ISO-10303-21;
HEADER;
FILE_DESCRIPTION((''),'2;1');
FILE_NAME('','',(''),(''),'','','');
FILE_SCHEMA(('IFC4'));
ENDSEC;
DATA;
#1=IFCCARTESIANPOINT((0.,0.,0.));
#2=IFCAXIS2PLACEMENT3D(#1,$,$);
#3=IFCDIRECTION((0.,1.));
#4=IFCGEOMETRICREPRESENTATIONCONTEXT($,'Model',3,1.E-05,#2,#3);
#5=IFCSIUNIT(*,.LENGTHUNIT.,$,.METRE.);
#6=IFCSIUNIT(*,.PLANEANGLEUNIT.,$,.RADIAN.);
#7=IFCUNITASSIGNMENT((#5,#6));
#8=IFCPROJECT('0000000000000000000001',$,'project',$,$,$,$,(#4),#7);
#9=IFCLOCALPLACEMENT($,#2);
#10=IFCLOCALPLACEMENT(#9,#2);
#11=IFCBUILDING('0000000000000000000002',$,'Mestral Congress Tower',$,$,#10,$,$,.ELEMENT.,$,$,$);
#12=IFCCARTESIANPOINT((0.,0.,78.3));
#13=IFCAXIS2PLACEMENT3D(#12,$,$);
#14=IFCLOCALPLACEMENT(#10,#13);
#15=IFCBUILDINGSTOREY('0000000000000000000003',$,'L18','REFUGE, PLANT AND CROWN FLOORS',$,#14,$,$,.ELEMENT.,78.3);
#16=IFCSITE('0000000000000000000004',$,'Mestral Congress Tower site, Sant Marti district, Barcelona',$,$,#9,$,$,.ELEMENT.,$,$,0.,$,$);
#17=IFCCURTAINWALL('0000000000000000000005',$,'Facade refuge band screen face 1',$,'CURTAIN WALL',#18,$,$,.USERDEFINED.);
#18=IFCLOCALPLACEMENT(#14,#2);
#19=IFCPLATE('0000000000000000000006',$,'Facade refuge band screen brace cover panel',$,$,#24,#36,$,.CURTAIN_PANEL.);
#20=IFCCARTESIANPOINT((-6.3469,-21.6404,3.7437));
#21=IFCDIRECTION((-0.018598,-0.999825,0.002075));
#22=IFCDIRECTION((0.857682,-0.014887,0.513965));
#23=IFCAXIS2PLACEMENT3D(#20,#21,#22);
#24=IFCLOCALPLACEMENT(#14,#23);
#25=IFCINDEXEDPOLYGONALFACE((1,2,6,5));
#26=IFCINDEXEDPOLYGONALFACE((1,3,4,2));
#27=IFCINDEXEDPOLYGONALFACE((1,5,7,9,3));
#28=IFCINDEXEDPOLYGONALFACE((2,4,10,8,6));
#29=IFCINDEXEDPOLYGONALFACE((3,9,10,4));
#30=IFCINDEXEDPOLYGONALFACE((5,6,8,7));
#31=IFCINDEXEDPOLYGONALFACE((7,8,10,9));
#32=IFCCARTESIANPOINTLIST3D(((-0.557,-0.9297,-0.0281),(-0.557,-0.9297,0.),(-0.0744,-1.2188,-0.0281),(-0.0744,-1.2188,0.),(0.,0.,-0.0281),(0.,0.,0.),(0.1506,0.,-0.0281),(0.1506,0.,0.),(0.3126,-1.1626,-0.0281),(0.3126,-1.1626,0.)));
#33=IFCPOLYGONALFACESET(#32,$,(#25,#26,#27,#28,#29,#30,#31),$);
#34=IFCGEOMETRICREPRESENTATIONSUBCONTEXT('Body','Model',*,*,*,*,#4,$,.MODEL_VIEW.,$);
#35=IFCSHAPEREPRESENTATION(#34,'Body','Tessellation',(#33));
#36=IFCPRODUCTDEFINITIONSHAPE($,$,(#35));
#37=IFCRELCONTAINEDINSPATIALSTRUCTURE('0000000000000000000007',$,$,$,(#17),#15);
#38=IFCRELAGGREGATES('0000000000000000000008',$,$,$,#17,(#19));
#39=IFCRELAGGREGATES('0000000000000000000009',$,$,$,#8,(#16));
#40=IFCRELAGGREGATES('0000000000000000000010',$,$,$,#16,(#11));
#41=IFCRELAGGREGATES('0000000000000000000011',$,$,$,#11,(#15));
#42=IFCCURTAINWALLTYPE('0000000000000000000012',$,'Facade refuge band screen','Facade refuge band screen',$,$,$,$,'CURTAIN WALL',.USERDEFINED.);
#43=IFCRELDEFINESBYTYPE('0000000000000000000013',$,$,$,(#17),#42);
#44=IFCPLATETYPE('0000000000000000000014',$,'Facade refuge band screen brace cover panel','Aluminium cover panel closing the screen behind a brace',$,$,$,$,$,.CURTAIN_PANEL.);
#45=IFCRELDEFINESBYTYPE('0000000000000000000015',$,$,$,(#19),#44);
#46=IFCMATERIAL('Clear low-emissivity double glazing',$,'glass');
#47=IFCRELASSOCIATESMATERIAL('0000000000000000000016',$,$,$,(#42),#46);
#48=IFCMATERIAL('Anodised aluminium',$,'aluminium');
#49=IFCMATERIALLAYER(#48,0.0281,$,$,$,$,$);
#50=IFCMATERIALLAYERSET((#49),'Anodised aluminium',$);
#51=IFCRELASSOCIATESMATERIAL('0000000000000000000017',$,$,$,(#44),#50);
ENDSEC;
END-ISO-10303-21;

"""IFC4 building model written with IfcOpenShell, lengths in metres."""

from ifc_helpers import new_model, si_unit, direction, frame, origin, place, context, subcontext, project, spatial, polyline, outline, extrude, material, layer, layer_set, type_object, element, aggregate, save


model = new_model("IFC4")

# Units and contexts
model_context = context("Model", 3, precision=1e-05, world=origin(), true_north=direction((0.0, 1.0)))
body_context = subcontext(model_context, "Body", "Model", "MODEL_VIEW")
ifc_project = project(units=[si_unit("LENGTHUNIT", "METRE"), si_unit("PLANEANGLEUNIT", "RADIAN")], contexts=[model_context])

# Site, building, storey
site_placement = place(None, origin())
site = spatial("IfcSite", under=ifc_project, at=site_placement, Name="Mestral Congress Tower site, Sant Marti district, Barcelona", CompositionType="ELEMENT", RefElevation=0.0)
building_placement = place(site_placement, origin())
building = spatial("IfcBuilding", under=site, at=building_placement, Name="Mestral Congress Tower", CompositionType="ELEMENT")
storey_placement = place(building_placement, frame((0.0, 0.0, 78.3)))
storey = spatial("IfcBuildingStorey", under=building, at=storey_placement, Name="L18", Description="REFUGE, PLANT AND CROWN FLOORS", CompositionType="ELEMENT", Elevation=78.3)

# Curtain wall, plate
ifc_material_1 = material(Name="Clear low-emissivity double glazing", Category="glass")
curtain_wall_type = type_object("IfcCurtainWallType", Name="Facade refuge band screen", Description="Facade refuge band screen", ElementType="CURTAIN WALL", PredefinedType="USERDEFINED", material=ifc_material_1)
curtain_wall_placement = place(storey_placement, origin())
curtain_wall = element("IfcCurtainWall", 1, at=curtain_wall_placement, inside=storey, type_object=curtain_wall_type, Name="Facade refuge band screen face 1", ObjectType="CURTAIN WALL", PredefinedType="USERDEFINED")
ifc_material_2 = material(Name="Anodised aluminium", Category="aluminium")
ifc_layer_1 = layer(ifc_material_2, 0.0281)
ifc_layer_set_1 = layer_set([ifc_layer_1], Name="Anodised aluminium")
plate_type_1 = type_object("IfcPlateType", Name="Facade refuge band screen brace cover panel", Description="Aluminium cover panel closing the screen behind a brace", PredefinedType="CURTAIN_PANEL", material=ifc_layer_set_1)
plate_1_placement = place(storey_placement, frame((-6.3469, -21.6404, 3.7437), z_axis=(-0.018598, -0.999825, 0.002075), x_axis=(0.857682, -0.014887, 0.513965)))
plate_1 = element("IfcPlate", 2, at=plate_1_placement, type_object=plate_type_1, Name="Facade refuge band screen brace cover panel", PredefinedType="CURTAIN_PANEL", context=body_context, shape_type="SweptSolid", body=[
    extrude(outline(polyline([(0.0, 0.0), (0.1506, 0.0), (0.3126, -1.1626), (-0.0744, -1.2188), (-0.557, -0.9297), (0.0, 0.0)])), origin(), (0.0, 0.0, -1.0), 0.0281),
])

aggregate(curtain_wall, [plate_1])

save(model, "model.ifc")
